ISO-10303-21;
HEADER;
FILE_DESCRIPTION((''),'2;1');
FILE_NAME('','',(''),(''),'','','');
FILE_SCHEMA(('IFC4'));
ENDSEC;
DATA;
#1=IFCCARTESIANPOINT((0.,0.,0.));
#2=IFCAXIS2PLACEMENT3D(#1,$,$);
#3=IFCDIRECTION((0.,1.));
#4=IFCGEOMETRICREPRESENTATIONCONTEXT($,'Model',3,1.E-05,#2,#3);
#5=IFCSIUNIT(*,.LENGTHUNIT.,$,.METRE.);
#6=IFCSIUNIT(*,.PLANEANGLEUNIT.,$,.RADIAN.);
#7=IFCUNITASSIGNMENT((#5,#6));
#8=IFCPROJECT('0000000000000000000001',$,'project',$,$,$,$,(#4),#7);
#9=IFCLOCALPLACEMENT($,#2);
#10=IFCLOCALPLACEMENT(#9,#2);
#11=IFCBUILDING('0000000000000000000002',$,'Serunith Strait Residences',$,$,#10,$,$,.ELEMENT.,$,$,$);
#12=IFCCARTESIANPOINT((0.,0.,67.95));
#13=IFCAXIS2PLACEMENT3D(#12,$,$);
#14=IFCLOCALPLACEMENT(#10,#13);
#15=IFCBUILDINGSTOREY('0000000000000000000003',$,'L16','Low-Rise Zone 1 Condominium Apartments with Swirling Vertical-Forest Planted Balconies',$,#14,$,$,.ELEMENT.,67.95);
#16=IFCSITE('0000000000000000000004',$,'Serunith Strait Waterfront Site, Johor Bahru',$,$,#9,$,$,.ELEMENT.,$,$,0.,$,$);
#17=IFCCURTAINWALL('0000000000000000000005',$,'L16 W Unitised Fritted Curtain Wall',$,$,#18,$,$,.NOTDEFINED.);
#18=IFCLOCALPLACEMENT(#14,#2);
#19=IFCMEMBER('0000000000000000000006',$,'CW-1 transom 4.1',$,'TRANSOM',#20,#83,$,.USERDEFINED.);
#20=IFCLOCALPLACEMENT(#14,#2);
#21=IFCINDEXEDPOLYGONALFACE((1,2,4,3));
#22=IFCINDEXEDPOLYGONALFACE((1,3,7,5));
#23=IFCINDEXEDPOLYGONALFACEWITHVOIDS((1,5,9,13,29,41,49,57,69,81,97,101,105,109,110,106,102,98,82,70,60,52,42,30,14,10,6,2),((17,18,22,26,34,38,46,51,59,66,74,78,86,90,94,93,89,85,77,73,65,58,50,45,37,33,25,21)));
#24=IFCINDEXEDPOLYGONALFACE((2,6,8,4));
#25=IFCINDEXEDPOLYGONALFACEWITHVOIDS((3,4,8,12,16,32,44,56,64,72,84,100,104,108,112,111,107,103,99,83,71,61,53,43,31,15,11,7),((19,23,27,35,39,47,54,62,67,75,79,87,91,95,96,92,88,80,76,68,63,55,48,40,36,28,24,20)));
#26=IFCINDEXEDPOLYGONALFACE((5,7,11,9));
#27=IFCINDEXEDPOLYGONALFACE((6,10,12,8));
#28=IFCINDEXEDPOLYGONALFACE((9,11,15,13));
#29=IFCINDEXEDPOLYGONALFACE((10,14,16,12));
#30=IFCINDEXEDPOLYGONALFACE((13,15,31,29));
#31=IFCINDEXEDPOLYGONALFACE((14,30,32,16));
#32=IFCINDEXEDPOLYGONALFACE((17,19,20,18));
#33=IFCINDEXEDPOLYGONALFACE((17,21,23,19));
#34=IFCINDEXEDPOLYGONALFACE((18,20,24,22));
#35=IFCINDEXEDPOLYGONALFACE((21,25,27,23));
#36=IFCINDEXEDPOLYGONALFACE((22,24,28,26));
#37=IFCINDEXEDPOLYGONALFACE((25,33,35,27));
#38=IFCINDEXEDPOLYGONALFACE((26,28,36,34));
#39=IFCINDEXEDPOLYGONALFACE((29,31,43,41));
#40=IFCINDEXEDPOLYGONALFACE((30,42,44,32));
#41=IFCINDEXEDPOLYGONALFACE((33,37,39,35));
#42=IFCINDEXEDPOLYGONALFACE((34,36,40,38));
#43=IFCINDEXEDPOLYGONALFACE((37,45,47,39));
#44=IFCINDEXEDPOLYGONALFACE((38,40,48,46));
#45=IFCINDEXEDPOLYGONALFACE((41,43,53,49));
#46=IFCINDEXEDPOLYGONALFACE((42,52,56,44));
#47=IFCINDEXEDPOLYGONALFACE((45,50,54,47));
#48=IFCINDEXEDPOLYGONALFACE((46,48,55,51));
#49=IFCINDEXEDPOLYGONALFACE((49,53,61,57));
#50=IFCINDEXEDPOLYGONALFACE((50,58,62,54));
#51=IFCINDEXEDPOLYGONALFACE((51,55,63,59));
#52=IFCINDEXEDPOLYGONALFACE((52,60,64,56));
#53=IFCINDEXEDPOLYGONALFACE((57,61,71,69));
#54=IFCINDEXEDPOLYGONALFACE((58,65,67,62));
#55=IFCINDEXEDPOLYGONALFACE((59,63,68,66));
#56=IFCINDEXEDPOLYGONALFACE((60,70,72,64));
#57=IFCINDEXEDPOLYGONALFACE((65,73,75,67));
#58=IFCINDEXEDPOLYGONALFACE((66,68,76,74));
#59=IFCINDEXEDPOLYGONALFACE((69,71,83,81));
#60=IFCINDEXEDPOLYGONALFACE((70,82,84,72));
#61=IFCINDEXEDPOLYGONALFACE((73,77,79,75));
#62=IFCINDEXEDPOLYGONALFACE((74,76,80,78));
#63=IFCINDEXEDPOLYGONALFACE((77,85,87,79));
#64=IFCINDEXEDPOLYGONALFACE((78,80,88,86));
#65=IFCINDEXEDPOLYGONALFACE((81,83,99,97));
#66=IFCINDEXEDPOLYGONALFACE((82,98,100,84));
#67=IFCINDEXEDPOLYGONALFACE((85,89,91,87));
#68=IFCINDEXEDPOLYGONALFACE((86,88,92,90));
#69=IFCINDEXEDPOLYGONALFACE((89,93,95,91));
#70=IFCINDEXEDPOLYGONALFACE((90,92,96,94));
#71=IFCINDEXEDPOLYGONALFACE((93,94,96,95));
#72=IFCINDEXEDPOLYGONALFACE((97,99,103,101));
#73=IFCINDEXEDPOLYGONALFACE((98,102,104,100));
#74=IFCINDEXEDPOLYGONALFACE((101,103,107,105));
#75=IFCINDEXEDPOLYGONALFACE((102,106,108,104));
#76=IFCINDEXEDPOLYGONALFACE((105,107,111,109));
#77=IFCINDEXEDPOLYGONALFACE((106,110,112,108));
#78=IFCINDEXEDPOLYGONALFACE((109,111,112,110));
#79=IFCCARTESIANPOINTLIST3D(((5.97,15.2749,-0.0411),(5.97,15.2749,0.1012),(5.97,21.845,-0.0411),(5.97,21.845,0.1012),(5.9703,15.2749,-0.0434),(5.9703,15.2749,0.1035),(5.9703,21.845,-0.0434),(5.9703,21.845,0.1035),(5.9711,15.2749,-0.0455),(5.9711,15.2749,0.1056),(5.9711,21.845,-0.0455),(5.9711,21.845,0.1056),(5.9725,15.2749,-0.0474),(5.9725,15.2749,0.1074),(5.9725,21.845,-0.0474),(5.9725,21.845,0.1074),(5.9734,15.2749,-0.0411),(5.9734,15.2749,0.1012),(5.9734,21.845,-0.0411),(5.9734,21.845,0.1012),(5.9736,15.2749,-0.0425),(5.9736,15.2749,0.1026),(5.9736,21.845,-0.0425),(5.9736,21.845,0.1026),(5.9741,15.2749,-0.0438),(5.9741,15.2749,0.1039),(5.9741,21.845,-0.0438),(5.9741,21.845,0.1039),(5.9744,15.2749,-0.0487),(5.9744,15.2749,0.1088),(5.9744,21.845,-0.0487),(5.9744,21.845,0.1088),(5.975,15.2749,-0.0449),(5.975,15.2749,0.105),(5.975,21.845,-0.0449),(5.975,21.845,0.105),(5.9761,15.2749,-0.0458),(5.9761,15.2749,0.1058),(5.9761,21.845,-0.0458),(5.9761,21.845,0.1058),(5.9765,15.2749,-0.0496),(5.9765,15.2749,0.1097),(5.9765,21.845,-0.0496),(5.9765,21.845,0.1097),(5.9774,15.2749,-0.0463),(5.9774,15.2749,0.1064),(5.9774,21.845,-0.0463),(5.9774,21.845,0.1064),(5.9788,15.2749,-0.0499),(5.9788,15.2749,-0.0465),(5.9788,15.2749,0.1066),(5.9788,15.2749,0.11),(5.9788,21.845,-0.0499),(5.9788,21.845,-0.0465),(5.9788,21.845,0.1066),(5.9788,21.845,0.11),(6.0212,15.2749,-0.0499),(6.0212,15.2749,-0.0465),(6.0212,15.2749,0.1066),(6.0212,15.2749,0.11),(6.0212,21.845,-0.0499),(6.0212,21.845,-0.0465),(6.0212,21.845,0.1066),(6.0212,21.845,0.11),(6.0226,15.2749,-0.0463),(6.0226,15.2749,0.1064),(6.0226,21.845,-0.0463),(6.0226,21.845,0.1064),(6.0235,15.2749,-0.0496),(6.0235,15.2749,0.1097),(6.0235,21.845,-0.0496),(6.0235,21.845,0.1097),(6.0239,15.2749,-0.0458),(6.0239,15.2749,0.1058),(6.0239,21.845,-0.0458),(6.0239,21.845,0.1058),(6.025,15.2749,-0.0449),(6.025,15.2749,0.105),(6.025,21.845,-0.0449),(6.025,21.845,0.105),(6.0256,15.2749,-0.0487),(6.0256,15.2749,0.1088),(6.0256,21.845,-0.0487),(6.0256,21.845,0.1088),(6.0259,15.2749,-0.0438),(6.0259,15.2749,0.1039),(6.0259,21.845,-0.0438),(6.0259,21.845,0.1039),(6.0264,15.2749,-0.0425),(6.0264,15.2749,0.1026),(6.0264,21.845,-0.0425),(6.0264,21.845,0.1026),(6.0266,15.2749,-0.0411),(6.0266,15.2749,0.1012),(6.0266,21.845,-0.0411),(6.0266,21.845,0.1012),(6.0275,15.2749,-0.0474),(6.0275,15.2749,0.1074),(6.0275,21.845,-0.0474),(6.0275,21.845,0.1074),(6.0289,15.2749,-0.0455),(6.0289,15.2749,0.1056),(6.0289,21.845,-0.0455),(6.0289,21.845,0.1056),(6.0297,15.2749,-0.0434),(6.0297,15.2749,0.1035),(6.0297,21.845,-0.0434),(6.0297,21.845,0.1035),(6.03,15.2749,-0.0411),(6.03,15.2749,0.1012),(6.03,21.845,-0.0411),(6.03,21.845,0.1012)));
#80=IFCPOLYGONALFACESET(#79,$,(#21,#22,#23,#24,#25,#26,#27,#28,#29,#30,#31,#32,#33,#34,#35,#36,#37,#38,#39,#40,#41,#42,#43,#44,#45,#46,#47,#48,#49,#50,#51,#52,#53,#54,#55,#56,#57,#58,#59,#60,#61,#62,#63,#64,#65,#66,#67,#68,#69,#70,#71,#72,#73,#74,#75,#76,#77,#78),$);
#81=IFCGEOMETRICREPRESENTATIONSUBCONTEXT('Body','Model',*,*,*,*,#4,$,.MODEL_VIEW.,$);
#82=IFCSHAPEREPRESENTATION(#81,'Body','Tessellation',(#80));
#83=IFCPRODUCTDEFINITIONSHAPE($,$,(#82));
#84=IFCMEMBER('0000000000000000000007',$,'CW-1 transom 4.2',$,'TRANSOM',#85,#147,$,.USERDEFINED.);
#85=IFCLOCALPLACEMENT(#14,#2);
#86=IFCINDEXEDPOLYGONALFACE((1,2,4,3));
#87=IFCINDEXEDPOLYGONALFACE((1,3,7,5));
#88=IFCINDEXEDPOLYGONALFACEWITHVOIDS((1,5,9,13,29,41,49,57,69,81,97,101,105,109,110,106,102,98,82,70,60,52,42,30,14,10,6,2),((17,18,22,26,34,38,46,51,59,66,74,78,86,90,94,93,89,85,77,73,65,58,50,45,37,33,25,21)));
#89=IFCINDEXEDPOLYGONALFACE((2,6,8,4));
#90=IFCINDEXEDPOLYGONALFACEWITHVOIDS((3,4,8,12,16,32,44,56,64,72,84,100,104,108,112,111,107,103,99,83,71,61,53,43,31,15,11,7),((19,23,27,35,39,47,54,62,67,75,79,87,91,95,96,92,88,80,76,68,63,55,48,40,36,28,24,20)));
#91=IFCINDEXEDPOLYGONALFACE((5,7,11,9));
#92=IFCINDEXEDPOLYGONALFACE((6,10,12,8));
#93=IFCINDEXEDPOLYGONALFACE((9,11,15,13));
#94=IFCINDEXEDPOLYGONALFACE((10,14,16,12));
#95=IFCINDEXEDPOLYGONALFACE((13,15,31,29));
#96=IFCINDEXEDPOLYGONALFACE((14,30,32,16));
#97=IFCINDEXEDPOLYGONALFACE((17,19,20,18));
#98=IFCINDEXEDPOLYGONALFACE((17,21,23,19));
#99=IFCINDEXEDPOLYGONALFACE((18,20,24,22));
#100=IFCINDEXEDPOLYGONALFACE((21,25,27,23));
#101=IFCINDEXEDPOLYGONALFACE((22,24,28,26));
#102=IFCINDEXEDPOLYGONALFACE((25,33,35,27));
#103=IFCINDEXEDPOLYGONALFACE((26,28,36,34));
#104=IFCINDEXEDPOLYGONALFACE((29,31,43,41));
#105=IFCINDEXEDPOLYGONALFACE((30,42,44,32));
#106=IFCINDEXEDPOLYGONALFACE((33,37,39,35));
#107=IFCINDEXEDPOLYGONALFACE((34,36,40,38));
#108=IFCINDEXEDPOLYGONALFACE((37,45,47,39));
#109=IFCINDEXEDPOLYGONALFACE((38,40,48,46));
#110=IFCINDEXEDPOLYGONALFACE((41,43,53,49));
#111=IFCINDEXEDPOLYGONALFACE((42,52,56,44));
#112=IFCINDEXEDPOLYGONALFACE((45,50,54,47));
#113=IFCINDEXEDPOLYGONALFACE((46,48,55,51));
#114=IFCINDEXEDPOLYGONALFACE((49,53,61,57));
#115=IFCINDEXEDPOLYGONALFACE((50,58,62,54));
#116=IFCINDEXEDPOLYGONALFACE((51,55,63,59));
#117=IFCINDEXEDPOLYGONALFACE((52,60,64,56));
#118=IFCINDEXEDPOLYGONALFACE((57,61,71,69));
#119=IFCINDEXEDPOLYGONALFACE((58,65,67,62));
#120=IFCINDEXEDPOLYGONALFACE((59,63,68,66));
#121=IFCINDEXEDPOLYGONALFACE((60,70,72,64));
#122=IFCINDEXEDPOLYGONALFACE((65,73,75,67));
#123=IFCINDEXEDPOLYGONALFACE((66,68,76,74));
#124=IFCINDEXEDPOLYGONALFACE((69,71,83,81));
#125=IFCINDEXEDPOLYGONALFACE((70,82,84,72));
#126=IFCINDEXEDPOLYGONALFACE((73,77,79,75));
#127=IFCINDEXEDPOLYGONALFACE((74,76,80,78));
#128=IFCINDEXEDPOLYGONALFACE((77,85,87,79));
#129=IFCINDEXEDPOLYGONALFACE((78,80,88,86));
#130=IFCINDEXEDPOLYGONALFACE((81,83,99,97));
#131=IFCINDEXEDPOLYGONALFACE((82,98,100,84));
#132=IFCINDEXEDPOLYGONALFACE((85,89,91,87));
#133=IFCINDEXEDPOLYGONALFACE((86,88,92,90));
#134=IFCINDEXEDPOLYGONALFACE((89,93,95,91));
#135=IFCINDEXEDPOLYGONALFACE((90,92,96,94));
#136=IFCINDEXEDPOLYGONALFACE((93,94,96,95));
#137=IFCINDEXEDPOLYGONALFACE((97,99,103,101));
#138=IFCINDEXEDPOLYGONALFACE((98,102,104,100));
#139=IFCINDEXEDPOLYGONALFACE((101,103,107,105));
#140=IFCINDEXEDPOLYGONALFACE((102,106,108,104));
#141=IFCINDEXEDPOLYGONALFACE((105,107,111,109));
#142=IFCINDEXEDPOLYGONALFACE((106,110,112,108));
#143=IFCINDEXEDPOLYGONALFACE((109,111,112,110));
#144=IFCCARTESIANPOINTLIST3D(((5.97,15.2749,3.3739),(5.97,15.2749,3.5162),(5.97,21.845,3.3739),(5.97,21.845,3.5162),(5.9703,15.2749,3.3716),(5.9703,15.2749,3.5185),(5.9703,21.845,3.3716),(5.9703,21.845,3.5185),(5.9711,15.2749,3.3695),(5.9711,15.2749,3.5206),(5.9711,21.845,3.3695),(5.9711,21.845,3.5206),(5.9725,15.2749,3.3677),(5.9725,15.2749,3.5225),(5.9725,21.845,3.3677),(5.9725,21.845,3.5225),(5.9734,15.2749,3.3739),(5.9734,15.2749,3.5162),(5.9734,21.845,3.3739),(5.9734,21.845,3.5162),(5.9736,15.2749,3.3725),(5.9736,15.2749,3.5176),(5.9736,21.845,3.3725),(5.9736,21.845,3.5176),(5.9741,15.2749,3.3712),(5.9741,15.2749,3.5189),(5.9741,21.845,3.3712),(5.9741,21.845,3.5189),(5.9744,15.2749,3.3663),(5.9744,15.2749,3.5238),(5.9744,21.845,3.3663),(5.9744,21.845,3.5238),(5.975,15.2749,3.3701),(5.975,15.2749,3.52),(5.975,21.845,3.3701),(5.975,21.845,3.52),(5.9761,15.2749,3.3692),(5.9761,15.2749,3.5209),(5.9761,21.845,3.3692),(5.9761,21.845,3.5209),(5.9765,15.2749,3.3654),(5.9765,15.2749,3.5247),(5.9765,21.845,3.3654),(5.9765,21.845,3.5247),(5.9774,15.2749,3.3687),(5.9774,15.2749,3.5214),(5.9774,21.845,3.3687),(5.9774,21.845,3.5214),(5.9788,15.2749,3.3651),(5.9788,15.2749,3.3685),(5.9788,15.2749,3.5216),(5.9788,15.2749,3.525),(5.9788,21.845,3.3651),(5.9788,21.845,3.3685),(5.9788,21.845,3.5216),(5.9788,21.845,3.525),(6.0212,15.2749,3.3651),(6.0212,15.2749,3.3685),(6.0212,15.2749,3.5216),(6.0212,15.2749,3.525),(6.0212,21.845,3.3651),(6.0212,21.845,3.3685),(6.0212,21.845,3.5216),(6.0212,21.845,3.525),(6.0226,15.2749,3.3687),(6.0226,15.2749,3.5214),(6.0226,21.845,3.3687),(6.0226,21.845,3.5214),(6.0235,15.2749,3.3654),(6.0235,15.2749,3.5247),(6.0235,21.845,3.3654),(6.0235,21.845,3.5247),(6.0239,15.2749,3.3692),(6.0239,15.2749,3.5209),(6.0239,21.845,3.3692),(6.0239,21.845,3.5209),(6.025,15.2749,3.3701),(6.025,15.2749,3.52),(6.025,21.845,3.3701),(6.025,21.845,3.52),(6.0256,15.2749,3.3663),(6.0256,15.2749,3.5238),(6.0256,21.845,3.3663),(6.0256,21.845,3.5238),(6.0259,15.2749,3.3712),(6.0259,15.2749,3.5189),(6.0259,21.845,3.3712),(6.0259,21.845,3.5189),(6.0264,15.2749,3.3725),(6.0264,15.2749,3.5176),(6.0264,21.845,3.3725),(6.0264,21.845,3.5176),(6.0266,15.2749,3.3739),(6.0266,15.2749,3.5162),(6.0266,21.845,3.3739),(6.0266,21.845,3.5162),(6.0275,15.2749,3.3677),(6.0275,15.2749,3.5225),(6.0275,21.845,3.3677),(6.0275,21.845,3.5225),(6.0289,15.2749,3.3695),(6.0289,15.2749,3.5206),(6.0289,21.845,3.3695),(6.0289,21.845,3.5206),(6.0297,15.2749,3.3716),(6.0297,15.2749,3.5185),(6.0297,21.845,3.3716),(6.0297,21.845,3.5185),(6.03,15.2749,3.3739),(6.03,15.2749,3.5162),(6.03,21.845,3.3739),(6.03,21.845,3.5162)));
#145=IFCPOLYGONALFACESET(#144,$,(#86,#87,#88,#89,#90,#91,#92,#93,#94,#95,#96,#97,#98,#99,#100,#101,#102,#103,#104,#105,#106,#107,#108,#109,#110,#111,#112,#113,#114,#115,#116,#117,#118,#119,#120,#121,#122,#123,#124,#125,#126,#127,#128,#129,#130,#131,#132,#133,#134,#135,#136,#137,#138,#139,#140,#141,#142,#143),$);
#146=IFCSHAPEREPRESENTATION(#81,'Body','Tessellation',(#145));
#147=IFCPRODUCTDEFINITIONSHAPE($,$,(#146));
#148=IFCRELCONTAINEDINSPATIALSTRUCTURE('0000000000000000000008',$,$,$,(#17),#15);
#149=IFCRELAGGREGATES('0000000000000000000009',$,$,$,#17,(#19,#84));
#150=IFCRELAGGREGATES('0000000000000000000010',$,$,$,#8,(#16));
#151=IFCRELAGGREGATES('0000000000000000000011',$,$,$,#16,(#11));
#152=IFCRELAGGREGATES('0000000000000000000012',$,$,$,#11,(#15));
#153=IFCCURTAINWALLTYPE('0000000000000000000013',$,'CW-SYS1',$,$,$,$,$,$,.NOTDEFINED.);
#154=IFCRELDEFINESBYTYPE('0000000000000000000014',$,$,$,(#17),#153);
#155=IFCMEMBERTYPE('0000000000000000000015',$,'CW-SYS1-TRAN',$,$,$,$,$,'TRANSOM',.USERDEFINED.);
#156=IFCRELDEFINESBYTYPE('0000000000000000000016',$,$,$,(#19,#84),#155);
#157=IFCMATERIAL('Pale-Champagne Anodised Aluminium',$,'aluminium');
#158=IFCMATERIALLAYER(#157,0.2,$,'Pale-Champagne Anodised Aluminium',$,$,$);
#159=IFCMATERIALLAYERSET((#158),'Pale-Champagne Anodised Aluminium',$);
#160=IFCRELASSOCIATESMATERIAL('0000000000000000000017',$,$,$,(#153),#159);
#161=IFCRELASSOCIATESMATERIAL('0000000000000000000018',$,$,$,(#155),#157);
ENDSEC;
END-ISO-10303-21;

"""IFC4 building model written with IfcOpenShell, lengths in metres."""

from ifc_helpers import new_model, si_unit, direction, frame, origin, origin_2d, place, context, subcontext, project, spatial, hollow_rectangle, extrude, source, transform, mapped, material, layer, layer_set, material_profile, profile_set, type_object, element, aggregate, save


model = new_model("IFC4")

# Units and contexts
model_context = context("Model", 3, precision=1e-05, world=origin(), true_north=direction((0.0, 1.0)))
body_context = subcontext(model_context, "Body", "Model", "MODEL_VIEW")
ifc_project = project(units=[si_unit("LENGTHUNIT", "METRE"), si_unit("PLANEANGLEUNIT", "RADIAN")], contexts=[model_context])

# Site, building, storey
site_placement = place(None, origin())
site = spatial("IfcSite", under=ifc_project, at=site_placement, Name="Serunith Strait Waterfront Site, Johor Bahru", CompositionType="ELEMENT", RefElevation=0.0)
building_placement = place(site_placement, origin())
building = spatial("IfcBuilding", under=site, at=building_placement, Name="Serunith Strait Residences", CompositionType="ELEMENT")
storey_placement = place(building_placement, frame((0.0, 0.0, 67.95)))
storey = spatial("IfcBuildingStorey", under=building, at=storey_placement, Name="L16", Description="Low-Rise Zone 1 Condominium Apartments with Swirling Vertical-Forest Planted Balconies", CompositionType="ELEMENT", Elevation=67.95)

# Curtain wall, members
ifc_material_1 = material(Name="Pale-Champagne Anodised Aluminium", Category="aluminium")
ifc_layer_1 = layer(ifc_material_1, 0.2, Name="Pale-Champagne Anodised Aluminium")
ifc_layer_set_1 = layer_set([ifc_layer_1], Name="Pale-Champagne Anodised Aluminium")
curtain_wall_type = type_object("IfcCurtainWallType", Name="CW-SYS1", PredefinedType="NOTDEFINED", material=ifc_layer_set_1)
curtain_wall_placement = place(storey_placement, origin())
curtain_wall = element("IfcCurtainWall", 1, at=curtain_wall_placement, inside=storey, type_object=curtain_wall_type, Name="L16 W Unitised Fritted Curtain Wall", PredefinedType="NOTDEFINED")
ifc_material_profile_1 = material_profile(ifc_material_1, hollow_rectangle(XDim=0.0601, YDim=0.1599, WallThickness=0.0034, InnerFilletRadius=0.0054, OuterFilletRadius=0.0088, at=origin_2d()), Name="ALU 160x60x3.5")
ifc_profile_set_1 = profile_set([ifc_material_profile_1], Name="Pale-Champagne Anodised Aluminium")
member_type_1 = type_object("IfcMemberType", Name="CW-SYS1-TRAN", ElementType="TRANSOM", PredefinedType="USERDEFINED", material=ifc_profile_set_1)
shared_shape_1 = source(origin(), body_context, "Body", "SweptSolid", [
    extrude(hollow_rectangle(XDim=0.0601, YDim=0.1599, WallThickness=0.0034, InnerFilletRadius=0.0054, OuterFilletRadius=0.0088, at=origin_2d()), origin(), (0.0, 0.0, 1.0), 6.5701),
])
member_1_placement = place(storey_placement, frame((6.0, 21.845, 0.03), z_axis=(0.0, -1.0, 0.0), x_axis=(1.0, 0.0, 0.0)))
member_1 = element("IfcMember", 2, at=member_1_placement, type_object=member_type_1, Name="CW-1 transom 4.1", ObjectType="TRANSOM", PredefinedType="USERDEFINED", context=body_context, shape_type="MappedRepresentation", body=[
    mapped(shared_shape_1, transform((0.0, 0.0, 0.0), scale=1.0)),
])
member_2_placement = place(storey_placement, frame((6.0, 21.845, 3.4451), z_axis=(0.0, -1.0, 0.0), x_axis=(1.0, 0.0, 0.0)))
member_2 = element("IfcMember", 3, at=member_2_placement, type_object=member_type_1, Name="CW-1 transom 4.2", ObjectType="TRANSOM", PredefinedType="USERDEFINED", context=body_context, shape_type="MappedRepresentation", body=[
    mapped(shared_shape_1, transform((0.0, 0.0, 0.0), scale=1.0)),
])
aggregate(curtain_wall, [member_1, member_2])

save(model, "model.ifc")
